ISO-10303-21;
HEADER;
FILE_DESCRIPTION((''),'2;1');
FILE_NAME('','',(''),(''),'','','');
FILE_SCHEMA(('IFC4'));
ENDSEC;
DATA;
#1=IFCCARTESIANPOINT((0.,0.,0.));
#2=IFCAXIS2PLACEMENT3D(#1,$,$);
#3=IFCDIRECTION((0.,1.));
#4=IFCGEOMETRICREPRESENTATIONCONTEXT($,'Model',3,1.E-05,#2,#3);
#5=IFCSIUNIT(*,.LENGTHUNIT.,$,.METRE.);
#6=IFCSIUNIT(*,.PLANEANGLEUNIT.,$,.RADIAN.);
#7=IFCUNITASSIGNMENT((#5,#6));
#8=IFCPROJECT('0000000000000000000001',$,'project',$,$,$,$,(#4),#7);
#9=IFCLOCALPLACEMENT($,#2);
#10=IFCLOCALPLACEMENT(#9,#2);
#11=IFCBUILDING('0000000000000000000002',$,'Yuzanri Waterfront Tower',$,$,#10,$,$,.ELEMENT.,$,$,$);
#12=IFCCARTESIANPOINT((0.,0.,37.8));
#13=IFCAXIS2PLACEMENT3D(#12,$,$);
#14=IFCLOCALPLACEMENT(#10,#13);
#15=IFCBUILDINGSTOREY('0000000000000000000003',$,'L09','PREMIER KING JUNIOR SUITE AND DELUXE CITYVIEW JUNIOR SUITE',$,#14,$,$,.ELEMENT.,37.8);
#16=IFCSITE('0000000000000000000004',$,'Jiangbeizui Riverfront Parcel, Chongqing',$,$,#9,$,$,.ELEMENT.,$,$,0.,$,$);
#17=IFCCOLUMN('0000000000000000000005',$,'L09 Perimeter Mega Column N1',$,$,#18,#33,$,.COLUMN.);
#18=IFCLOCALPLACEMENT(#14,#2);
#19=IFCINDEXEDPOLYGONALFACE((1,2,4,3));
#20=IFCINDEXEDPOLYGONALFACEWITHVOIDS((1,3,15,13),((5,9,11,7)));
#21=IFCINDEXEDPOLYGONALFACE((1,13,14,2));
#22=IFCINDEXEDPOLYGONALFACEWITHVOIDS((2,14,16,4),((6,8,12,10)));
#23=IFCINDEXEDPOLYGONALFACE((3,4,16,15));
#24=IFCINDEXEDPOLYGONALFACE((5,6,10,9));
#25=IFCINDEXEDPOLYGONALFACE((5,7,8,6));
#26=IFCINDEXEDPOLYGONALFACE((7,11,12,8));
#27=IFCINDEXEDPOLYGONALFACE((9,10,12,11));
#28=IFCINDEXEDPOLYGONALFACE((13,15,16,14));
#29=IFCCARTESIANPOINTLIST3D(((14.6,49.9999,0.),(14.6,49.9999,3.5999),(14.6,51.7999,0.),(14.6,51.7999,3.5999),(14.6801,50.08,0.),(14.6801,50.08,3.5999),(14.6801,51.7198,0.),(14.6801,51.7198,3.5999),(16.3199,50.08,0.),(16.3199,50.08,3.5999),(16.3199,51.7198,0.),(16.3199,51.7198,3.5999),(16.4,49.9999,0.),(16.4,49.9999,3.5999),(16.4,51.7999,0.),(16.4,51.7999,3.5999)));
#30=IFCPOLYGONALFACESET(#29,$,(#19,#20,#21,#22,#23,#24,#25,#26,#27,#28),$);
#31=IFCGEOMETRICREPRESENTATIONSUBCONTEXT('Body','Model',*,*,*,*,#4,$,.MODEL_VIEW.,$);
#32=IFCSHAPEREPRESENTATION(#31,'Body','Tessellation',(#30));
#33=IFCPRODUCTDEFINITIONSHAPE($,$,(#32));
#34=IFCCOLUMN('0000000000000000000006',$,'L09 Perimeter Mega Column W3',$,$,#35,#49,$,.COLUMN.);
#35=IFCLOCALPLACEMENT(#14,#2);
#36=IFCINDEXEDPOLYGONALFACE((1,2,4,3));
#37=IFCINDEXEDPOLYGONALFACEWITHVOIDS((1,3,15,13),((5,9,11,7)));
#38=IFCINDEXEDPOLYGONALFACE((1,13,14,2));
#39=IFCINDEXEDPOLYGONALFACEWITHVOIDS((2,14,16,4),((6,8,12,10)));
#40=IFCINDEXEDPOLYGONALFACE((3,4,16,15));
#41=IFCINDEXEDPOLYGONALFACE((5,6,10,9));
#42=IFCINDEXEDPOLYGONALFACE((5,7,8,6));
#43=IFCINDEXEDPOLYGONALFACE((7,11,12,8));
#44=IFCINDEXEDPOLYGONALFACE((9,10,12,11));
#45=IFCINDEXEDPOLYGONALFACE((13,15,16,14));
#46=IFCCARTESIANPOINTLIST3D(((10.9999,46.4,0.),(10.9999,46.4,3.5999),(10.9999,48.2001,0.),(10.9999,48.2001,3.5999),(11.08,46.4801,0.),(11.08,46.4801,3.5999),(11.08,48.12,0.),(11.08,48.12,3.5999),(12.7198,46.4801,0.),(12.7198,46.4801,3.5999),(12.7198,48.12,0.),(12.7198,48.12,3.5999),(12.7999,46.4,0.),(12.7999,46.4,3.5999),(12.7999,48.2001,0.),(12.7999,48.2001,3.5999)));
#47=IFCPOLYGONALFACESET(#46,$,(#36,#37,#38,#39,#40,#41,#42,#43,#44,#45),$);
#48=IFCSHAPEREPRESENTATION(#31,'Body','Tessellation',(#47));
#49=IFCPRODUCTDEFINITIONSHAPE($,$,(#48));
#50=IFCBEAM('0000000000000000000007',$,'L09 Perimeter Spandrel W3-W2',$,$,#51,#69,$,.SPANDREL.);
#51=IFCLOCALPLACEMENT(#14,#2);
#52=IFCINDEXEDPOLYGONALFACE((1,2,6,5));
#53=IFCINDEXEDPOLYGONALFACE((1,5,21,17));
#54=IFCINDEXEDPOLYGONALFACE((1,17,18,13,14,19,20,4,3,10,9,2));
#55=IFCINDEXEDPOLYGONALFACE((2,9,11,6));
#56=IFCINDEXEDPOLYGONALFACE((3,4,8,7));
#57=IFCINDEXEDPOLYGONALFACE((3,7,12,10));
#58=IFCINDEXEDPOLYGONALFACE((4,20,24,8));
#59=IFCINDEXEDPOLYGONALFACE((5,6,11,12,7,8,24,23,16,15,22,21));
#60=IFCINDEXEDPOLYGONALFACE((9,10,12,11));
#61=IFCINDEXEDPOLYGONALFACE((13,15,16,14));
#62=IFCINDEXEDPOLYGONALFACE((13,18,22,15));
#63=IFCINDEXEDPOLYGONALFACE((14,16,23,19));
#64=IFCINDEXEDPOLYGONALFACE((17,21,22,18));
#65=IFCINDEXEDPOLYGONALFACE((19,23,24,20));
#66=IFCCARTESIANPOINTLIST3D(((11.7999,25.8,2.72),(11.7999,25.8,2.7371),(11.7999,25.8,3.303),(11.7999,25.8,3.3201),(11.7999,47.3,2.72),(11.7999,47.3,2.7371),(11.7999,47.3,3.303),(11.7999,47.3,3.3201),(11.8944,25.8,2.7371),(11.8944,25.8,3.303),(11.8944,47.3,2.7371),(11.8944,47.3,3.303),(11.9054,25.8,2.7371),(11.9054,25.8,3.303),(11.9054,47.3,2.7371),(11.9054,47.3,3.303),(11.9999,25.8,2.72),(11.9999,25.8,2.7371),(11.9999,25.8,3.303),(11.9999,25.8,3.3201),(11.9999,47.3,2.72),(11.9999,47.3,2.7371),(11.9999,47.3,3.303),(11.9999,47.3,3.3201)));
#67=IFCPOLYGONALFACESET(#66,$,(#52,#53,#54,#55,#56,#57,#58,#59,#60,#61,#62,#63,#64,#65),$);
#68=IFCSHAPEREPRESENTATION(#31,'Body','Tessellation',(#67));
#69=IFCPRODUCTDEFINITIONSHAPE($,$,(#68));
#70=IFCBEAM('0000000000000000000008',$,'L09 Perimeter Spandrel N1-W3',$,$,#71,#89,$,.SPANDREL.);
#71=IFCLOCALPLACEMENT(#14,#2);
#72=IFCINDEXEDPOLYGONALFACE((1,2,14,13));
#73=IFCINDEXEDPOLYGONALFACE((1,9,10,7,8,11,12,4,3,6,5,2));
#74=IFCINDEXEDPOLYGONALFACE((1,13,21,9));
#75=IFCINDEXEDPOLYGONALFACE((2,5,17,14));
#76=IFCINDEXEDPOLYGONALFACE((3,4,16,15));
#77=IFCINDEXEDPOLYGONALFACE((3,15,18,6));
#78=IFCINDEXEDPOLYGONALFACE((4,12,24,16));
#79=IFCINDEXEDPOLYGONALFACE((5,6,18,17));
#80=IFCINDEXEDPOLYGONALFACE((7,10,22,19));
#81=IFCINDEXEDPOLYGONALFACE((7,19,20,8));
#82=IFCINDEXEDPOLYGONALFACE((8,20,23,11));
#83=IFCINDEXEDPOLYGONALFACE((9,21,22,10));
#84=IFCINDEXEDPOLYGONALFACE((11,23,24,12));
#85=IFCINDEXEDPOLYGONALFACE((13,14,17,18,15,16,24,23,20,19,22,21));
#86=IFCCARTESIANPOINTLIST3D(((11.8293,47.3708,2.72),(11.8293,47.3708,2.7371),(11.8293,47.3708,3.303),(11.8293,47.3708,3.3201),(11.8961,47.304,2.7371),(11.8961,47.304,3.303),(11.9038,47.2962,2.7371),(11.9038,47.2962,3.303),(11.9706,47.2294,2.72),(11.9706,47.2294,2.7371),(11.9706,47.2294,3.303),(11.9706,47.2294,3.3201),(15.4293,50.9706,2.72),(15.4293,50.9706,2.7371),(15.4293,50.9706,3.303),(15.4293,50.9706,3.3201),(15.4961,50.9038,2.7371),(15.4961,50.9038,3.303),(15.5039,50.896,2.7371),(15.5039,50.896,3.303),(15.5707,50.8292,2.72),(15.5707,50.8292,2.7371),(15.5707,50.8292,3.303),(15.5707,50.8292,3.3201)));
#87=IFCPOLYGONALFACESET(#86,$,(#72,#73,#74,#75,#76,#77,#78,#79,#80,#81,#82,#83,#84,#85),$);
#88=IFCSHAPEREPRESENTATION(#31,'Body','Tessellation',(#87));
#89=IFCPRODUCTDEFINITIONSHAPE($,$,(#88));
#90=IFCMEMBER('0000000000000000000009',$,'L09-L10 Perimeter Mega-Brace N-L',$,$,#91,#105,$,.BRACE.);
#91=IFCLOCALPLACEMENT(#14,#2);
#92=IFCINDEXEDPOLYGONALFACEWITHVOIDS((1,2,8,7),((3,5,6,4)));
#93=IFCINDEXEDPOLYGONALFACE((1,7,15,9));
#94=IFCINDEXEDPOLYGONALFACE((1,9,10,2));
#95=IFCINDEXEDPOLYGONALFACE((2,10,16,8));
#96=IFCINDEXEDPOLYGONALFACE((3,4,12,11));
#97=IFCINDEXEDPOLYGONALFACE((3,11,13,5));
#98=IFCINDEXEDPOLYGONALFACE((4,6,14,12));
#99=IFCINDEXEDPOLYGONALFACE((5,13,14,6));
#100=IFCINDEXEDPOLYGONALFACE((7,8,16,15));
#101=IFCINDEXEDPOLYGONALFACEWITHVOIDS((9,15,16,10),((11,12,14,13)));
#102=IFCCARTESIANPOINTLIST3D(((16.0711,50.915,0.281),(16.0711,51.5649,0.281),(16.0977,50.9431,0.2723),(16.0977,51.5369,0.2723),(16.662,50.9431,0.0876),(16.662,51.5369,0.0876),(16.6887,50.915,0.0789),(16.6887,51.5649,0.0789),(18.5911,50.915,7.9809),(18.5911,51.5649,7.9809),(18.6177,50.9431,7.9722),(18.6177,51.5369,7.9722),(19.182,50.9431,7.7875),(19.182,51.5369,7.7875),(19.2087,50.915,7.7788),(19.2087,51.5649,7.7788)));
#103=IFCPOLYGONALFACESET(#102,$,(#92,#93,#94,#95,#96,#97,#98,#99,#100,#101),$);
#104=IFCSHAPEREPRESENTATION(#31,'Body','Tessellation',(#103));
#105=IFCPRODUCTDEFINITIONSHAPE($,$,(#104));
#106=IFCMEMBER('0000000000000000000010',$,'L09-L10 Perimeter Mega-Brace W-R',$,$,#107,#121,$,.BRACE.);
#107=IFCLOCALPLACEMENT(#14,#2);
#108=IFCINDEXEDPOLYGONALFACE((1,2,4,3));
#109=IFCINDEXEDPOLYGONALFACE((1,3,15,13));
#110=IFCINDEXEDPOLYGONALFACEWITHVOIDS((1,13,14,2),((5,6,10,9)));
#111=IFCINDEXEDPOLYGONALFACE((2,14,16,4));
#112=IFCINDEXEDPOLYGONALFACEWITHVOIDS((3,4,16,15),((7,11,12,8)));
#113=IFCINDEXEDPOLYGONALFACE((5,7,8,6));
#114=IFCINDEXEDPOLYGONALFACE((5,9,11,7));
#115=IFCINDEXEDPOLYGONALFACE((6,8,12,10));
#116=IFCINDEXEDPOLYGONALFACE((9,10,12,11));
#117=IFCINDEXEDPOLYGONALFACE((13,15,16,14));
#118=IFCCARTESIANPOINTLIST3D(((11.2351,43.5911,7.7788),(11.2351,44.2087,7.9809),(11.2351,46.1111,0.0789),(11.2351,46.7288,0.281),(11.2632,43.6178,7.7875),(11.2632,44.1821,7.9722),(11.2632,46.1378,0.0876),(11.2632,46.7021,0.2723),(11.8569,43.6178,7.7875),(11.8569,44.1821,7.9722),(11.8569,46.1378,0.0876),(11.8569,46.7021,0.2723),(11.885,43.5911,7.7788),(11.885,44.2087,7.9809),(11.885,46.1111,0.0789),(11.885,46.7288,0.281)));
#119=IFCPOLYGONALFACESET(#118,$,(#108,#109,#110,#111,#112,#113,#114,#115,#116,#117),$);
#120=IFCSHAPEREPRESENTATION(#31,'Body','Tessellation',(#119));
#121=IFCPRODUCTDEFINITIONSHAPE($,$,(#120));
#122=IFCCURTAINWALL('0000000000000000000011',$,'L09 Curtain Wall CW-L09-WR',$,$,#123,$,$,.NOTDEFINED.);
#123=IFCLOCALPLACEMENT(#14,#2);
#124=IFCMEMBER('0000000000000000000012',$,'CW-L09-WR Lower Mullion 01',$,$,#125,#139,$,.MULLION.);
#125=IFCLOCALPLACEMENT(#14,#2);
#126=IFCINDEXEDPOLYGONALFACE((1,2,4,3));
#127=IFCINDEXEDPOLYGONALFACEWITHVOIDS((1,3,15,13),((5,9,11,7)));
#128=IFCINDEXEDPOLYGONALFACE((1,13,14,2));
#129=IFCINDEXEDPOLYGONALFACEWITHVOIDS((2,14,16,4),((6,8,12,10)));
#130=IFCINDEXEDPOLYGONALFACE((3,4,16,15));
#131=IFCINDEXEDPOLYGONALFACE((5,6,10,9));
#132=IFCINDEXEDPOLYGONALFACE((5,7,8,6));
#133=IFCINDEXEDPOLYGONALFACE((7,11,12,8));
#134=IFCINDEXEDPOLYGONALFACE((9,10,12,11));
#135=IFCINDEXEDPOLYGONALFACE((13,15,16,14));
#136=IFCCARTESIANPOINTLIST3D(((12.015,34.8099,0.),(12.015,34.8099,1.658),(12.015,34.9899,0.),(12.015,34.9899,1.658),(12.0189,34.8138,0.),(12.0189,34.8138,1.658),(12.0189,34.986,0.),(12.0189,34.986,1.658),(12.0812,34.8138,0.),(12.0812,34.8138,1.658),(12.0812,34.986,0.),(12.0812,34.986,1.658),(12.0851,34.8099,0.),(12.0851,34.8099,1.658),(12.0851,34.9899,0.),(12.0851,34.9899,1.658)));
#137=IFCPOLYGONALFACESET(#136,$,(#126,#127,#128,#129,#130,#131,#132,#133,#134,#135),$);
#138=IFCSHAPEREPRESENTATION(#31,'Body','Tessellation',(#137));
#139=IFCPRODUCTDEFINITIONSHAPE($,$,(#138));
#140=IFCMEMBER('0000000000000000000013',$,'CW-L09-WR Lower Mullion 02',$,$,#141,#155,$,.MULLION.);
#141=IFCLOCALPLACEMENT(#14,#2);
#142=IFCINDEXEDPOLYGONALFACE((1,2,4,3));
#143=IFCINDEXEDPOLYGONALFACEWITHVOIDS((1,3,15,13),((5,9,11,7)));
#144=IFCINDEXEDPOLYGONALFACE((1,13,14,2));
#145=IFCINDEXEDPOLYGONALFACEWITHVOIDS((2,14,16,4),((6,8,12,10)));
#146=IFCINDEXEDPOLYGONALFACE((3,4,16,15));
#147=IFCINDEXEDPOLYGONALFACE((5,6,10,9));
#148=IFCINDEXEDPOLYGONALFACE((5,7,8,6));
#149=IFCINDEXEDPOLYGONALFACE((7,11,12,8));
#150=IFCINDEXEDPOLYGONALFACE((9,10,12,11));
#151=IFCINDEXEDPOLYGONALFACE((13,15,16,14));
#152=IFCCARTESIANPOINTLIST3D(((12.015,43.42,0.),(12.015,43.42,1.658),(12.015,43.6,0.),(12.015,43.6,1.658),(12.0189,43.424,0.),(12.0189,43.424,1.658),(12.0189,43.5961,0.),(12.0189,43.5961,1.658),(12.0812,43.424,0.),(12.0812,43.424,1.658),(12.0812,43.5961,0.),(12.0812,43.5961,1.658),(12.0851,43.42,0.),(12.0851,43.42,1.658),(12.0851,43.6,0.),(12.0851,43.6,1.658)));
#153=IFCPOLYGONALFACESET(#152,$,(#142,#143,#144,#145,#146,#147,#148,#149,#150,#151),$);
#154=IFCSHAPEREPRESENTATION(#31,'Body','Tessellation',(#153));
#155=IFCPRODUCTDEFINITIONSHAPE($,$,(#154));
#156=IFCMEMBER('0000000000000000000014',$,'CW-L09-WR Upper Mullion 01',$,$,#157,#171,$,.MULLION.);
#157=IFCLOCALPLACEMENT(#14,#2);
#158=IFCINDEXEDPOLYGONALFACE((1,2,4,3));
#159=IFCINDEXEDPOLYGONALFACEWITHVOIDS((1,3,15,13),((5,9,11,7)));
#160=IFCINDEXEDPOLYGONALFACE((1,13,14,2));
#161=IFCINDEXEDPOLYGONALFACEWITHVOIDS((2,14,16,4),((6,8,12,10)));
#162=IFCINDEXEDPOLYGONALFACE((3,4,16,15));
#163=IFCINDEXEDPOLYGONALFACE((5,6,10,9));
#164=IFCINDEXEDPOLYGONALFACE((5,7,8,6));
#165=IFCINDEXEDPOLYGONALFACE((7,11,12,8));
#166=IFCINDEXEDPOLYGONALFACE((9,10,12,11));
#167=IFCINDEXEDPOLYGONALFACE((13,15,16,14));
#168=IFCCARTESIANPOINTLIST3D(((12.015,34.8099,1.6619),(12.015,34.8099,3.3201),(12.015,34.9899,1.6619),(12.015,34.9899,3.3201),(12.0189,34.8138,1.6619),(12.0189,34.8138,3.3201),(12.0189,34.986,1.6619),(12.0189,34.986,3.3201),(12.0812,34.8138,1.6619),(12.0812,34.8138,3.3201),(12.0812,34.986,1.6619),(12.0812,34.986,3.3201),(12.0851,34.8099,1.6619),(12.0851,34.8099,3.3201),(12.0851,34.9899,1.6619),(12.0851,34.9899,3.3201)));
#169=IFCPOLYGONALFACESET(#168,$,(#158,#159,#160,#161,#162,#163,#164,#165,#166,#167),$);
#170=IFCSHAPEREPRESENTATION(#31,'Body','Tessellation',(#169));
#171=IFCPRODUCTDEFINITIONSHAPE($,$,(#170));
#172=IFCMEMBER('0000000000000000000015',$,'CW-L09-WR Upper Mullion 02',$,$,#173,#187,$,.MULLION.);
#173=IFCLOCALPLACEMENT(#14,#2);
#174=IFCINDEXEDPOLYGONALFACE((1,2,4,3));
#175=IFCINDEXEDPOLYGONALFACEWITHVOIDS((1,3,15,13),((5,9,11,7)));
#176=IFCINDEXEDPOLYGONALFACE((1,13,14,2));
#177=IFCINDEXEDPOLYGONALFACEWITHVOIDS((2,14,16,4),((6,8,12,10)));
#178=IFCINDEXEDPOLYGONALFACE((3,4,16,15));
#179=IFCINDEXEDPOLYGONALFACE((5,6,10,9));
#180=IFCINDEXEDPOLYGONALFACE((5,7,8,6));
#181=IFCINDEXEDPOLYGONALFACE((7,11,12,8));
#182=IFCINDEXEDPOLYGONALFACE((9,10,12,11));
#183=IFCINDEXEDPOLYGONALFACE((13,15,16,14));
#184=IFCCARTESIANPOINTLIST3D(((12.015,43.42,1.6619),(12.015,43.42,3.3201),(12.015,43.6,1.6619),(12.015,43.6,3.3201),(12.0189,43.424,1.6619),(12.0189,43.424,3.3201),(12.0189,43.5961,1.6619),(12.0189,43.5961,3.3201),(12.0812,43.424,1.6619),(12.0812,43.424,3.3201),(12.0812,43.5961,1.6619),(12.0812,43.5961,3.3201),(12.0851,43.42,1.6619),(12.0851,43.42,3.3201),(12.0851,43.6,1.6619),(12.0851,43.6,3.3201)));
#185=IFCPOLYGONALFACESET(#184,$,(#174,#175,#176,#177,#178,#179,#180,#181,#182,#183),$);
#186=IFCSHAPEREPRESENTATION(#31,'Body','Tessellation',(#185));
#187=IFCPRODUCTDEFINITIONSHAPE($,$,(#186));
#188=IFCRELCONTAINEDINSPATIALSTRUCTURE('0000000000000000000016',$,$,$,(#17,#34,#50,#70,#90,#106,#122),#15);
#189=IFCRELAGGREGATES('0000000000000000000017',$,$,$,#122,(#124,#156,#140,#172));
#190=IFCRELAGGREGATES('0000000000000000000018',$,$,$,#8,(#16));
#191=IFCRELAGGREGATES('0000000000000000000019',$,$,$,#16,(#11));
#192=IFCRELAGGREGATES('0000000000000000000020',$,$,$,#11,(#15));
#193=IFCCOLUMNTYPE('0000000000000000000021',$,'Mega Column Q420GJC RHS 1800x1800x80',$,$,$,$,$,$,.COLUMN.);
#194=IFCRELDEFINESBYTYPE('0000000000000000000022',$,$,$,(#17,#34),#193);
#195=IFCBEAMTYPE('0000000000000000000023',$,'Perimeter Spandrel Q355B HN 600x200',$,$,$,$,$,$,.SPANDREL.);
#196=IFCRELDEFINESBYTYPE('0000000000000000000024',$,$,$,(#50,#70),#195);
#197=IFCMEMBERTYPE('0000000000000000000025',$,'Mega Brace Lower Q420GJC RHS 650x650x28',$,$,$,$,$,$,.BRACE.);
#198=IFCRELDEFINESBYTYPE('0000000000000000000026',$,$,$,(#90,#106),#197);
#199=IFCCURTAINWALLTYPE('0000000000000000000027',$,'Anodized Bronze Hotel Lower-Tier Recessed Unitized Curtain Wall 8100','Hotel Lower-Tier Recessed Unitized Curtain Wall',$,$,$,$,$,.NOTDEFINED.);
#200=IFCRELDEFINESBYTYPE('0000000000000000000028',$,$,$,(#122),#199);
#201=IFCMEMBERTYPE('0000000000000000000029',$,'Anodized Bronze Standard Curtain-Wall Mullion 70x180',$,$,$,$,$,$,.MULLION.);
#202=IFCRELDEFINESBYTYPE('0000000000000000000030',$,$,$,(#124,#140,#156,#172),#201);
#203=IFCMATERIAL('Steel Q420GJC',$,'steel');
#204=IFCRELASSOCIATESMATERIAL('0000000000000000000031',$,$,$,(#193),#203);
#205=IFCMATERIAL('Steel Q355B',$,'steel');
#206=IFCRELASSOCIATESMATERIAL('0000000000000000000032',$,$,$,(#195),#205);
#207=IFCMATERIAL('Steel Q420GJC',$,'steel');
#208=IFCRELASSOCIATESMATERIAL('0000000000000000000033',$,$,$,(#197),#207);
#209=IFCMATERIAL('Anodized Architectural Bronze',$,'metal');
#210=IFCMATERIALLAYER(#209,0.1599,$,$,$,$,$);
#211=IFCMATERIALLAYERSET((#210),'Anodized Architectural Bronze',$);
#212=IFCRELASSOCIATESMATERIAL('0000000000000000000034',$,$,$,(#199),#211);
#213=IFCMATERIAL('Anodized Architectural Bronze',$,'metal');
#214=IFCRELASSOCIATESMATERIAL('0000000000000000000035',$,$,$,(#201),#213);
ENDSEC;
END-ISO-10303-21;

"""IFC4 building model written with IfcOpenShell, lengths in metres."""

from ifc_helpers import new_model, si_unit, direction, frame, origin, origin_2d, place, context, subcontext, project, spatial, hollow_rectangle, i_section, extrude, source, transform, mapped, material, layer, layer_set, material_profile, profile_set, type_object, element, aggregate, save


model = new_model("IFC4")

# Units and contexts
model_context = context("Model", 3, precision=1e-05, world=origin(), true_north=direction((0.0, 1.0)))
body_context = subcontext(model_context, "Body", "Model", "MODEL_VIEW")
ifc_project = project(units=[si_unit("LENGTHUNIT", "METRE"), si_unit("PLANEANGLEUNIT", "RADIAN")], contexts=[model_context])

# Site, building, storey
site_placement = place(None, origin())
site = spatial("IfcSite", under=ifc_project, at=site_placement, Name="Jiangbeizui Riverfront Parcel, Chongqing", CompositionType="ELEMENT", RefElevation=0.0)
building_placement = place(site_placement, origin())
building = spatial("IfcBuilding", under=site, at=building_placement, Name="Yuzanri Waterfront Tower", CompositionType="ELEMENT")
storey_placement = place(building_placement, frame((0.0, 0.0, 37.8)))
storey = spatial("IfcBuildingStorey", under=building, at=storey_placement, Name="L09", Description="PREMIER KING JUNIOR SUITE AND DELUXE CITYVIEW JUNIOR SUITE", CompositionType="ELEMENT", Elevation=37.8)

# Columns
ifc_material_1 = material(Name="Steel Q420GJC", Category="steel")
ifc_material_profile_1 = material_profile(ifc_material_1, hollow_rectangle(XDim=1.8, YDim=1.8, WallThickness=0.0801, at=origin_2d()), Name="RHS 1800x1800x80")
ifc_profile_set_1 = profile_set([ifc_material_profile_1], Name="Steel Q420GJC")
column_type = type_object("IfcColumnType", Name="Mega Column Q420GJC RHS 1800x1800x80", PredefinedType="COLUMN", material=ifc_profile_set_1)
shared_shape_1 = source(origin(), body_context, "Body", "SweptSolid", [
    extrude(hollow_rectangle(XDim=1.8, YDim=1.8, WallThickness=0.0801, at=origin_2d()), origin(), (0.0, 0.0, 1.0), 3.5999),
])
for number, where, z_axis, x_axis, name in (
    (1, (15.5, 50.8999, 0.0), (0.0, 0.0, 1.0), (1.0, 0.0, 0.0), "L09 Perimeter Mega Column N1"),
    (2, (11.8999, 47.3, 0.0), (0.0, 0.0, 1.0), (1.0, 0.0, 0.0), "L09 Perimeter Mega Column W3"),
):
    element("IfcColumn", number, at=place(storey_placement, frame(where, z_axis=z_axis, x_axis=x_axis)), inside=storey, type_object=column_type, Name=name, PredefinedType="COLUMN", context=body_context, shape_type="MappedRepresentation", body=[
        mapped(shared_shape_1, transform((0.0, 0.0, 0.0), scale=1.0)),
    ])

# Beams
ifc_material_2 = material(Name="Steel Q355B", Category="steel")
ifc_material_profile_2 = material_profile(ifc_material_2, i_section(OverallWidth=0.2, OverallDepth=0.6001, WebThickness=0.011, FlangeThickness=0.0171, at=origin_2d()), Name="HN 600x200x11x17")
ifc_profile_set_2 = profile_set([ifc_material_profile_2], Name="Steel Q355B")
beam_type = type_object("IfcBeamType", Name="Perimeter Spandrel Q355B HN 600x200", PredefinedType="SPANDREL", material=ifc_profile_set_2)
shared_shape_2 = source(origin(), body_context, "Body", "SweptSolid", [
    extrude(i_section(OverallWidth=0.2, OverallDepth=0.6001, WebThickness=0.011, FlangeThickness=0.0171, at=origin_2d()), origin(), (0.0, 0.0, 1.0), 21.5),
])
beam_1_placement = place(storey_placement, frame((11.8999, 47.3, 3.02), z_axis=(0.0, -1.0, 0.0), x_axis=(1.0, 0.0, 0.0)))
element("IfcBeam", 3, at=beam_1_placement, inside=storey, type_object=beam_type, Name="L09 Perimeter Spandrel W3-W2", PredefinedType="SPANDREL", context=body_context, shape_type="MappedRepresentation", body=[
    mapped(shared_shape_2, transform((0.0, 0.0, 0.0), scale=1.0)),
])
shared_shape_3 = source(origin(), body_context, "Body", "SweptSolid", [
    extrude(i_section(OverallWidth=0.2, OverallDepth=0.6001, WebThickness=0.011, FlangeThickness=0.0171, at=origin_2d()), origin(), (0.0, 0.0, 1.0), 5.0911),
])
beam_2_placement = place(storey_placement, frame((15.5, 50.8999, 3.02), z_axis=(-0.707131, -0.707083, 0.0), x_axis=(0.707083, -0.707131, 0.0)))
element("IfcBeam", 4, at=beam_2_placement, inside=storey, type_object=beam_type, Name="L09 Perimeter Spandrel N1-W3", PredefinedType="SPANDREL", context=body_context, shape_type="MappedRepresentation", body=[
    mapped(shared_shape_3, transform((0.0, 0.0, 0.0), scale=1.0)),
])

# Members
ifc_material_3 = material(Name="Steel Q420GJC", Category="steel")
ifc_material_profile_3 = material_profile(ifc_material_3, hollow_rectangle(XDim=0.6499, YDim=0.6499, WallThickness=0.0281, at=origin_2d()), Name="RHS 650x650x28")
ifc_profile_set_3 = profile_set([ifc_material_profile_3], Name="Steel Q420GJC")
member_type_1 = type_object("IfcMemberType", Name="Mega Brace Lower Q420GJC RHS 650x650x28", PredefinedType="BRACE", material=ifc_profile_set_3)
shared_shape_4 = source(origin(), body_context, "Body", "SweptSolid", [
    extrude(hollow_rectangle(XDim=0.6499, YDim=0.6499, WallThickness=0.0281, at=origin_2d()), origin(), (0.0, 0.0, 1.0), 8.1018),
])
for number, where, z_axis, x_axis, name in (
    (5, (16.3799, 51.24, 0.1799), (0.311043, 0.0, 0.950396), (0.0, 1.0, 0.0), "L09-L10 Perimeter Mega-Brace N-L"),
    (6, (11.5601, 46.4199, 0.1799), (0.0, -0.311043, 0.950396), (1.0, 0.0, 0.0), "L09-L10 Perimeter Mega-Brace W-R"),
):
    element("IfcMember", number, at=place(storey_placement, frame(where, z_axis=z_axis, x_axis=x_axis)), inside=storey, type_object=member_type_1, Name=name, PredefinedType="BRACE", context=body_context, shape_type="MappedRepresentation", body=[
        mapped(shared_shape_4, transform((0.0, 0.0, 0.0), scale=1.0)),
    ])

# Curtain wall, members
ifc_material_4 = material(Name="Anodized Architectural Bronze", Category="metal")
ifc_layer_1 = layer(ifc_material_4, 0.1599)
ifc_layer_set_1 = layer_set([ifc_layer_1], Name="Anodized Architectural Bronze")
curtain_wall_type = type_object("IfcCurtainWallType", Name="Anodized Bronze Hotel Lower-Tier Recessed Unitized Curtain Wall 8100", Description="Hotel Lower-Tier Recessed Unitized Curtain Wall", PredefinedType="NOTDEFINED", material=ifc_layer_set_1)
curtain_wall_placement = place(storey_placement, origin())
curtain_wall = element("IfcCurtainWall", 7, at=curtain_wall_placement, inside=storey, type_object=curtain_wall_type, Name="L09 Curtain Wall CW-L09-WR", PredefinedType="NOTDEFINED")
ifc_material_5 = material(Name="Anodized Architectural Bronze", Category="metal")
ifc_material_profile_4 = material_profile(ifc_material_5, hollow_rectangle(XDim=0.0701, YDim=0.1799, WallThickness=0.0039, at=origin_2d()), Name="CWM 70x180")
ifc_profile_set_4 = profile_set([ifc_material_profile_4], Name="Anodized Architectural Bronze")
member_type_2 = type_object("IfcMemberType", Name="Anodized Bronze Standard Curtain-Wall Mullion 70x180", PredefinedType="MULLION", material=ifc_profile_set_4)
shared_shape_5 = source(origin(), body_context, "Body", "SweptSolid", [
    extrude(hollow_rectangle(XDim=0.0701, YDim=0.1799, WallThickness=0.0039, at=origin_2d()), origin(), (0.0, 0.0, 1.0), 1.658),
])
member_1_placement = place(storey_placement, frame((12.05, 34.8999, 0.0), z_axis=(0.0, 0.0, 1.0), x_axis=(1.0, 0.0, 0.0)))
member_1 = element("IfcMember", 8, at=member_1_placement, type_object=member_type_2, Name="CW-L09-WR Lower Mullion 01", PredefinedType="MULLION", context=body_context, shape_type="MappedRepresentation", body=[
    mapped(shared_shape_5, transform((0.0, 0.0, 0.0), scale=1.0)),
])
member_2_placement = place(storey_placement, frame((12.05, 43.51, 0.0), z_axis=(0.0, 0.0, 1.0), x_axis=(1.0, 0.0, 0.0)))
member_2 = element("IfcMember", 9, at=member_2_placement, type_object=member_type_2, Name="CW-L09-WR Lower Mullion 02", PredefinedType="MULLION", context=body_context, shape_type="MappedRepresentation", body=[
    mapped(shared_shape_5, transform((0.0, 0.0, 0.0), scale=1.0)),
])
shared_shape_6 = source(origin(), body_context, "Body", "SweptSolid", [
    extrude(hollow_rectangle(XDim=0.0701, YDim=0.1799, WallThickness=0.0039, at=origin_2d()), origin(), (0.0, 0.0, 1.0), 1.6582),
])
member_3_placement = place(storey_placement, frame((12.05, 34.8999, 1.6619), z_axis=(0.0, 0.0, 1.0), x_axis=(1.0, 0.0, 0.0)))
member_3 = element("IfcMember", 10, at=member_3_placement, type_object=member_type_2, Name="CW-L09-WR Upper Mullion 01", PredefinedType="MULLION", context=body_context, shape_type="MappedRepresentation", body=[
    mapped(shared_shape_6, transform((0.0, 0.0, 0.0), scale=1.0)),
])
member_4_placement = place(storey_placement, frame((12.05, 43.51, 1.6619), z_axis=(0.0, 0.0, 1.0), x_axis=(1.0, 0.0, 0.0)))
member_4 = element("IfcMember", 11, at=member_4_placement, type_object=member_type_2, Name="CW-L09-WR Upper Mullion 02", PredefinedType="MULLION", context=body_context, shape_type="MappedRepresentation", body=[
    mapped(shared_shape_6, transform((0.0, 0.0, 0.0), scale=1.0)),
])

aggregate(curtain_wall, [member_1, member_3, member_2, member_4])

save(model, "model.ifc")
